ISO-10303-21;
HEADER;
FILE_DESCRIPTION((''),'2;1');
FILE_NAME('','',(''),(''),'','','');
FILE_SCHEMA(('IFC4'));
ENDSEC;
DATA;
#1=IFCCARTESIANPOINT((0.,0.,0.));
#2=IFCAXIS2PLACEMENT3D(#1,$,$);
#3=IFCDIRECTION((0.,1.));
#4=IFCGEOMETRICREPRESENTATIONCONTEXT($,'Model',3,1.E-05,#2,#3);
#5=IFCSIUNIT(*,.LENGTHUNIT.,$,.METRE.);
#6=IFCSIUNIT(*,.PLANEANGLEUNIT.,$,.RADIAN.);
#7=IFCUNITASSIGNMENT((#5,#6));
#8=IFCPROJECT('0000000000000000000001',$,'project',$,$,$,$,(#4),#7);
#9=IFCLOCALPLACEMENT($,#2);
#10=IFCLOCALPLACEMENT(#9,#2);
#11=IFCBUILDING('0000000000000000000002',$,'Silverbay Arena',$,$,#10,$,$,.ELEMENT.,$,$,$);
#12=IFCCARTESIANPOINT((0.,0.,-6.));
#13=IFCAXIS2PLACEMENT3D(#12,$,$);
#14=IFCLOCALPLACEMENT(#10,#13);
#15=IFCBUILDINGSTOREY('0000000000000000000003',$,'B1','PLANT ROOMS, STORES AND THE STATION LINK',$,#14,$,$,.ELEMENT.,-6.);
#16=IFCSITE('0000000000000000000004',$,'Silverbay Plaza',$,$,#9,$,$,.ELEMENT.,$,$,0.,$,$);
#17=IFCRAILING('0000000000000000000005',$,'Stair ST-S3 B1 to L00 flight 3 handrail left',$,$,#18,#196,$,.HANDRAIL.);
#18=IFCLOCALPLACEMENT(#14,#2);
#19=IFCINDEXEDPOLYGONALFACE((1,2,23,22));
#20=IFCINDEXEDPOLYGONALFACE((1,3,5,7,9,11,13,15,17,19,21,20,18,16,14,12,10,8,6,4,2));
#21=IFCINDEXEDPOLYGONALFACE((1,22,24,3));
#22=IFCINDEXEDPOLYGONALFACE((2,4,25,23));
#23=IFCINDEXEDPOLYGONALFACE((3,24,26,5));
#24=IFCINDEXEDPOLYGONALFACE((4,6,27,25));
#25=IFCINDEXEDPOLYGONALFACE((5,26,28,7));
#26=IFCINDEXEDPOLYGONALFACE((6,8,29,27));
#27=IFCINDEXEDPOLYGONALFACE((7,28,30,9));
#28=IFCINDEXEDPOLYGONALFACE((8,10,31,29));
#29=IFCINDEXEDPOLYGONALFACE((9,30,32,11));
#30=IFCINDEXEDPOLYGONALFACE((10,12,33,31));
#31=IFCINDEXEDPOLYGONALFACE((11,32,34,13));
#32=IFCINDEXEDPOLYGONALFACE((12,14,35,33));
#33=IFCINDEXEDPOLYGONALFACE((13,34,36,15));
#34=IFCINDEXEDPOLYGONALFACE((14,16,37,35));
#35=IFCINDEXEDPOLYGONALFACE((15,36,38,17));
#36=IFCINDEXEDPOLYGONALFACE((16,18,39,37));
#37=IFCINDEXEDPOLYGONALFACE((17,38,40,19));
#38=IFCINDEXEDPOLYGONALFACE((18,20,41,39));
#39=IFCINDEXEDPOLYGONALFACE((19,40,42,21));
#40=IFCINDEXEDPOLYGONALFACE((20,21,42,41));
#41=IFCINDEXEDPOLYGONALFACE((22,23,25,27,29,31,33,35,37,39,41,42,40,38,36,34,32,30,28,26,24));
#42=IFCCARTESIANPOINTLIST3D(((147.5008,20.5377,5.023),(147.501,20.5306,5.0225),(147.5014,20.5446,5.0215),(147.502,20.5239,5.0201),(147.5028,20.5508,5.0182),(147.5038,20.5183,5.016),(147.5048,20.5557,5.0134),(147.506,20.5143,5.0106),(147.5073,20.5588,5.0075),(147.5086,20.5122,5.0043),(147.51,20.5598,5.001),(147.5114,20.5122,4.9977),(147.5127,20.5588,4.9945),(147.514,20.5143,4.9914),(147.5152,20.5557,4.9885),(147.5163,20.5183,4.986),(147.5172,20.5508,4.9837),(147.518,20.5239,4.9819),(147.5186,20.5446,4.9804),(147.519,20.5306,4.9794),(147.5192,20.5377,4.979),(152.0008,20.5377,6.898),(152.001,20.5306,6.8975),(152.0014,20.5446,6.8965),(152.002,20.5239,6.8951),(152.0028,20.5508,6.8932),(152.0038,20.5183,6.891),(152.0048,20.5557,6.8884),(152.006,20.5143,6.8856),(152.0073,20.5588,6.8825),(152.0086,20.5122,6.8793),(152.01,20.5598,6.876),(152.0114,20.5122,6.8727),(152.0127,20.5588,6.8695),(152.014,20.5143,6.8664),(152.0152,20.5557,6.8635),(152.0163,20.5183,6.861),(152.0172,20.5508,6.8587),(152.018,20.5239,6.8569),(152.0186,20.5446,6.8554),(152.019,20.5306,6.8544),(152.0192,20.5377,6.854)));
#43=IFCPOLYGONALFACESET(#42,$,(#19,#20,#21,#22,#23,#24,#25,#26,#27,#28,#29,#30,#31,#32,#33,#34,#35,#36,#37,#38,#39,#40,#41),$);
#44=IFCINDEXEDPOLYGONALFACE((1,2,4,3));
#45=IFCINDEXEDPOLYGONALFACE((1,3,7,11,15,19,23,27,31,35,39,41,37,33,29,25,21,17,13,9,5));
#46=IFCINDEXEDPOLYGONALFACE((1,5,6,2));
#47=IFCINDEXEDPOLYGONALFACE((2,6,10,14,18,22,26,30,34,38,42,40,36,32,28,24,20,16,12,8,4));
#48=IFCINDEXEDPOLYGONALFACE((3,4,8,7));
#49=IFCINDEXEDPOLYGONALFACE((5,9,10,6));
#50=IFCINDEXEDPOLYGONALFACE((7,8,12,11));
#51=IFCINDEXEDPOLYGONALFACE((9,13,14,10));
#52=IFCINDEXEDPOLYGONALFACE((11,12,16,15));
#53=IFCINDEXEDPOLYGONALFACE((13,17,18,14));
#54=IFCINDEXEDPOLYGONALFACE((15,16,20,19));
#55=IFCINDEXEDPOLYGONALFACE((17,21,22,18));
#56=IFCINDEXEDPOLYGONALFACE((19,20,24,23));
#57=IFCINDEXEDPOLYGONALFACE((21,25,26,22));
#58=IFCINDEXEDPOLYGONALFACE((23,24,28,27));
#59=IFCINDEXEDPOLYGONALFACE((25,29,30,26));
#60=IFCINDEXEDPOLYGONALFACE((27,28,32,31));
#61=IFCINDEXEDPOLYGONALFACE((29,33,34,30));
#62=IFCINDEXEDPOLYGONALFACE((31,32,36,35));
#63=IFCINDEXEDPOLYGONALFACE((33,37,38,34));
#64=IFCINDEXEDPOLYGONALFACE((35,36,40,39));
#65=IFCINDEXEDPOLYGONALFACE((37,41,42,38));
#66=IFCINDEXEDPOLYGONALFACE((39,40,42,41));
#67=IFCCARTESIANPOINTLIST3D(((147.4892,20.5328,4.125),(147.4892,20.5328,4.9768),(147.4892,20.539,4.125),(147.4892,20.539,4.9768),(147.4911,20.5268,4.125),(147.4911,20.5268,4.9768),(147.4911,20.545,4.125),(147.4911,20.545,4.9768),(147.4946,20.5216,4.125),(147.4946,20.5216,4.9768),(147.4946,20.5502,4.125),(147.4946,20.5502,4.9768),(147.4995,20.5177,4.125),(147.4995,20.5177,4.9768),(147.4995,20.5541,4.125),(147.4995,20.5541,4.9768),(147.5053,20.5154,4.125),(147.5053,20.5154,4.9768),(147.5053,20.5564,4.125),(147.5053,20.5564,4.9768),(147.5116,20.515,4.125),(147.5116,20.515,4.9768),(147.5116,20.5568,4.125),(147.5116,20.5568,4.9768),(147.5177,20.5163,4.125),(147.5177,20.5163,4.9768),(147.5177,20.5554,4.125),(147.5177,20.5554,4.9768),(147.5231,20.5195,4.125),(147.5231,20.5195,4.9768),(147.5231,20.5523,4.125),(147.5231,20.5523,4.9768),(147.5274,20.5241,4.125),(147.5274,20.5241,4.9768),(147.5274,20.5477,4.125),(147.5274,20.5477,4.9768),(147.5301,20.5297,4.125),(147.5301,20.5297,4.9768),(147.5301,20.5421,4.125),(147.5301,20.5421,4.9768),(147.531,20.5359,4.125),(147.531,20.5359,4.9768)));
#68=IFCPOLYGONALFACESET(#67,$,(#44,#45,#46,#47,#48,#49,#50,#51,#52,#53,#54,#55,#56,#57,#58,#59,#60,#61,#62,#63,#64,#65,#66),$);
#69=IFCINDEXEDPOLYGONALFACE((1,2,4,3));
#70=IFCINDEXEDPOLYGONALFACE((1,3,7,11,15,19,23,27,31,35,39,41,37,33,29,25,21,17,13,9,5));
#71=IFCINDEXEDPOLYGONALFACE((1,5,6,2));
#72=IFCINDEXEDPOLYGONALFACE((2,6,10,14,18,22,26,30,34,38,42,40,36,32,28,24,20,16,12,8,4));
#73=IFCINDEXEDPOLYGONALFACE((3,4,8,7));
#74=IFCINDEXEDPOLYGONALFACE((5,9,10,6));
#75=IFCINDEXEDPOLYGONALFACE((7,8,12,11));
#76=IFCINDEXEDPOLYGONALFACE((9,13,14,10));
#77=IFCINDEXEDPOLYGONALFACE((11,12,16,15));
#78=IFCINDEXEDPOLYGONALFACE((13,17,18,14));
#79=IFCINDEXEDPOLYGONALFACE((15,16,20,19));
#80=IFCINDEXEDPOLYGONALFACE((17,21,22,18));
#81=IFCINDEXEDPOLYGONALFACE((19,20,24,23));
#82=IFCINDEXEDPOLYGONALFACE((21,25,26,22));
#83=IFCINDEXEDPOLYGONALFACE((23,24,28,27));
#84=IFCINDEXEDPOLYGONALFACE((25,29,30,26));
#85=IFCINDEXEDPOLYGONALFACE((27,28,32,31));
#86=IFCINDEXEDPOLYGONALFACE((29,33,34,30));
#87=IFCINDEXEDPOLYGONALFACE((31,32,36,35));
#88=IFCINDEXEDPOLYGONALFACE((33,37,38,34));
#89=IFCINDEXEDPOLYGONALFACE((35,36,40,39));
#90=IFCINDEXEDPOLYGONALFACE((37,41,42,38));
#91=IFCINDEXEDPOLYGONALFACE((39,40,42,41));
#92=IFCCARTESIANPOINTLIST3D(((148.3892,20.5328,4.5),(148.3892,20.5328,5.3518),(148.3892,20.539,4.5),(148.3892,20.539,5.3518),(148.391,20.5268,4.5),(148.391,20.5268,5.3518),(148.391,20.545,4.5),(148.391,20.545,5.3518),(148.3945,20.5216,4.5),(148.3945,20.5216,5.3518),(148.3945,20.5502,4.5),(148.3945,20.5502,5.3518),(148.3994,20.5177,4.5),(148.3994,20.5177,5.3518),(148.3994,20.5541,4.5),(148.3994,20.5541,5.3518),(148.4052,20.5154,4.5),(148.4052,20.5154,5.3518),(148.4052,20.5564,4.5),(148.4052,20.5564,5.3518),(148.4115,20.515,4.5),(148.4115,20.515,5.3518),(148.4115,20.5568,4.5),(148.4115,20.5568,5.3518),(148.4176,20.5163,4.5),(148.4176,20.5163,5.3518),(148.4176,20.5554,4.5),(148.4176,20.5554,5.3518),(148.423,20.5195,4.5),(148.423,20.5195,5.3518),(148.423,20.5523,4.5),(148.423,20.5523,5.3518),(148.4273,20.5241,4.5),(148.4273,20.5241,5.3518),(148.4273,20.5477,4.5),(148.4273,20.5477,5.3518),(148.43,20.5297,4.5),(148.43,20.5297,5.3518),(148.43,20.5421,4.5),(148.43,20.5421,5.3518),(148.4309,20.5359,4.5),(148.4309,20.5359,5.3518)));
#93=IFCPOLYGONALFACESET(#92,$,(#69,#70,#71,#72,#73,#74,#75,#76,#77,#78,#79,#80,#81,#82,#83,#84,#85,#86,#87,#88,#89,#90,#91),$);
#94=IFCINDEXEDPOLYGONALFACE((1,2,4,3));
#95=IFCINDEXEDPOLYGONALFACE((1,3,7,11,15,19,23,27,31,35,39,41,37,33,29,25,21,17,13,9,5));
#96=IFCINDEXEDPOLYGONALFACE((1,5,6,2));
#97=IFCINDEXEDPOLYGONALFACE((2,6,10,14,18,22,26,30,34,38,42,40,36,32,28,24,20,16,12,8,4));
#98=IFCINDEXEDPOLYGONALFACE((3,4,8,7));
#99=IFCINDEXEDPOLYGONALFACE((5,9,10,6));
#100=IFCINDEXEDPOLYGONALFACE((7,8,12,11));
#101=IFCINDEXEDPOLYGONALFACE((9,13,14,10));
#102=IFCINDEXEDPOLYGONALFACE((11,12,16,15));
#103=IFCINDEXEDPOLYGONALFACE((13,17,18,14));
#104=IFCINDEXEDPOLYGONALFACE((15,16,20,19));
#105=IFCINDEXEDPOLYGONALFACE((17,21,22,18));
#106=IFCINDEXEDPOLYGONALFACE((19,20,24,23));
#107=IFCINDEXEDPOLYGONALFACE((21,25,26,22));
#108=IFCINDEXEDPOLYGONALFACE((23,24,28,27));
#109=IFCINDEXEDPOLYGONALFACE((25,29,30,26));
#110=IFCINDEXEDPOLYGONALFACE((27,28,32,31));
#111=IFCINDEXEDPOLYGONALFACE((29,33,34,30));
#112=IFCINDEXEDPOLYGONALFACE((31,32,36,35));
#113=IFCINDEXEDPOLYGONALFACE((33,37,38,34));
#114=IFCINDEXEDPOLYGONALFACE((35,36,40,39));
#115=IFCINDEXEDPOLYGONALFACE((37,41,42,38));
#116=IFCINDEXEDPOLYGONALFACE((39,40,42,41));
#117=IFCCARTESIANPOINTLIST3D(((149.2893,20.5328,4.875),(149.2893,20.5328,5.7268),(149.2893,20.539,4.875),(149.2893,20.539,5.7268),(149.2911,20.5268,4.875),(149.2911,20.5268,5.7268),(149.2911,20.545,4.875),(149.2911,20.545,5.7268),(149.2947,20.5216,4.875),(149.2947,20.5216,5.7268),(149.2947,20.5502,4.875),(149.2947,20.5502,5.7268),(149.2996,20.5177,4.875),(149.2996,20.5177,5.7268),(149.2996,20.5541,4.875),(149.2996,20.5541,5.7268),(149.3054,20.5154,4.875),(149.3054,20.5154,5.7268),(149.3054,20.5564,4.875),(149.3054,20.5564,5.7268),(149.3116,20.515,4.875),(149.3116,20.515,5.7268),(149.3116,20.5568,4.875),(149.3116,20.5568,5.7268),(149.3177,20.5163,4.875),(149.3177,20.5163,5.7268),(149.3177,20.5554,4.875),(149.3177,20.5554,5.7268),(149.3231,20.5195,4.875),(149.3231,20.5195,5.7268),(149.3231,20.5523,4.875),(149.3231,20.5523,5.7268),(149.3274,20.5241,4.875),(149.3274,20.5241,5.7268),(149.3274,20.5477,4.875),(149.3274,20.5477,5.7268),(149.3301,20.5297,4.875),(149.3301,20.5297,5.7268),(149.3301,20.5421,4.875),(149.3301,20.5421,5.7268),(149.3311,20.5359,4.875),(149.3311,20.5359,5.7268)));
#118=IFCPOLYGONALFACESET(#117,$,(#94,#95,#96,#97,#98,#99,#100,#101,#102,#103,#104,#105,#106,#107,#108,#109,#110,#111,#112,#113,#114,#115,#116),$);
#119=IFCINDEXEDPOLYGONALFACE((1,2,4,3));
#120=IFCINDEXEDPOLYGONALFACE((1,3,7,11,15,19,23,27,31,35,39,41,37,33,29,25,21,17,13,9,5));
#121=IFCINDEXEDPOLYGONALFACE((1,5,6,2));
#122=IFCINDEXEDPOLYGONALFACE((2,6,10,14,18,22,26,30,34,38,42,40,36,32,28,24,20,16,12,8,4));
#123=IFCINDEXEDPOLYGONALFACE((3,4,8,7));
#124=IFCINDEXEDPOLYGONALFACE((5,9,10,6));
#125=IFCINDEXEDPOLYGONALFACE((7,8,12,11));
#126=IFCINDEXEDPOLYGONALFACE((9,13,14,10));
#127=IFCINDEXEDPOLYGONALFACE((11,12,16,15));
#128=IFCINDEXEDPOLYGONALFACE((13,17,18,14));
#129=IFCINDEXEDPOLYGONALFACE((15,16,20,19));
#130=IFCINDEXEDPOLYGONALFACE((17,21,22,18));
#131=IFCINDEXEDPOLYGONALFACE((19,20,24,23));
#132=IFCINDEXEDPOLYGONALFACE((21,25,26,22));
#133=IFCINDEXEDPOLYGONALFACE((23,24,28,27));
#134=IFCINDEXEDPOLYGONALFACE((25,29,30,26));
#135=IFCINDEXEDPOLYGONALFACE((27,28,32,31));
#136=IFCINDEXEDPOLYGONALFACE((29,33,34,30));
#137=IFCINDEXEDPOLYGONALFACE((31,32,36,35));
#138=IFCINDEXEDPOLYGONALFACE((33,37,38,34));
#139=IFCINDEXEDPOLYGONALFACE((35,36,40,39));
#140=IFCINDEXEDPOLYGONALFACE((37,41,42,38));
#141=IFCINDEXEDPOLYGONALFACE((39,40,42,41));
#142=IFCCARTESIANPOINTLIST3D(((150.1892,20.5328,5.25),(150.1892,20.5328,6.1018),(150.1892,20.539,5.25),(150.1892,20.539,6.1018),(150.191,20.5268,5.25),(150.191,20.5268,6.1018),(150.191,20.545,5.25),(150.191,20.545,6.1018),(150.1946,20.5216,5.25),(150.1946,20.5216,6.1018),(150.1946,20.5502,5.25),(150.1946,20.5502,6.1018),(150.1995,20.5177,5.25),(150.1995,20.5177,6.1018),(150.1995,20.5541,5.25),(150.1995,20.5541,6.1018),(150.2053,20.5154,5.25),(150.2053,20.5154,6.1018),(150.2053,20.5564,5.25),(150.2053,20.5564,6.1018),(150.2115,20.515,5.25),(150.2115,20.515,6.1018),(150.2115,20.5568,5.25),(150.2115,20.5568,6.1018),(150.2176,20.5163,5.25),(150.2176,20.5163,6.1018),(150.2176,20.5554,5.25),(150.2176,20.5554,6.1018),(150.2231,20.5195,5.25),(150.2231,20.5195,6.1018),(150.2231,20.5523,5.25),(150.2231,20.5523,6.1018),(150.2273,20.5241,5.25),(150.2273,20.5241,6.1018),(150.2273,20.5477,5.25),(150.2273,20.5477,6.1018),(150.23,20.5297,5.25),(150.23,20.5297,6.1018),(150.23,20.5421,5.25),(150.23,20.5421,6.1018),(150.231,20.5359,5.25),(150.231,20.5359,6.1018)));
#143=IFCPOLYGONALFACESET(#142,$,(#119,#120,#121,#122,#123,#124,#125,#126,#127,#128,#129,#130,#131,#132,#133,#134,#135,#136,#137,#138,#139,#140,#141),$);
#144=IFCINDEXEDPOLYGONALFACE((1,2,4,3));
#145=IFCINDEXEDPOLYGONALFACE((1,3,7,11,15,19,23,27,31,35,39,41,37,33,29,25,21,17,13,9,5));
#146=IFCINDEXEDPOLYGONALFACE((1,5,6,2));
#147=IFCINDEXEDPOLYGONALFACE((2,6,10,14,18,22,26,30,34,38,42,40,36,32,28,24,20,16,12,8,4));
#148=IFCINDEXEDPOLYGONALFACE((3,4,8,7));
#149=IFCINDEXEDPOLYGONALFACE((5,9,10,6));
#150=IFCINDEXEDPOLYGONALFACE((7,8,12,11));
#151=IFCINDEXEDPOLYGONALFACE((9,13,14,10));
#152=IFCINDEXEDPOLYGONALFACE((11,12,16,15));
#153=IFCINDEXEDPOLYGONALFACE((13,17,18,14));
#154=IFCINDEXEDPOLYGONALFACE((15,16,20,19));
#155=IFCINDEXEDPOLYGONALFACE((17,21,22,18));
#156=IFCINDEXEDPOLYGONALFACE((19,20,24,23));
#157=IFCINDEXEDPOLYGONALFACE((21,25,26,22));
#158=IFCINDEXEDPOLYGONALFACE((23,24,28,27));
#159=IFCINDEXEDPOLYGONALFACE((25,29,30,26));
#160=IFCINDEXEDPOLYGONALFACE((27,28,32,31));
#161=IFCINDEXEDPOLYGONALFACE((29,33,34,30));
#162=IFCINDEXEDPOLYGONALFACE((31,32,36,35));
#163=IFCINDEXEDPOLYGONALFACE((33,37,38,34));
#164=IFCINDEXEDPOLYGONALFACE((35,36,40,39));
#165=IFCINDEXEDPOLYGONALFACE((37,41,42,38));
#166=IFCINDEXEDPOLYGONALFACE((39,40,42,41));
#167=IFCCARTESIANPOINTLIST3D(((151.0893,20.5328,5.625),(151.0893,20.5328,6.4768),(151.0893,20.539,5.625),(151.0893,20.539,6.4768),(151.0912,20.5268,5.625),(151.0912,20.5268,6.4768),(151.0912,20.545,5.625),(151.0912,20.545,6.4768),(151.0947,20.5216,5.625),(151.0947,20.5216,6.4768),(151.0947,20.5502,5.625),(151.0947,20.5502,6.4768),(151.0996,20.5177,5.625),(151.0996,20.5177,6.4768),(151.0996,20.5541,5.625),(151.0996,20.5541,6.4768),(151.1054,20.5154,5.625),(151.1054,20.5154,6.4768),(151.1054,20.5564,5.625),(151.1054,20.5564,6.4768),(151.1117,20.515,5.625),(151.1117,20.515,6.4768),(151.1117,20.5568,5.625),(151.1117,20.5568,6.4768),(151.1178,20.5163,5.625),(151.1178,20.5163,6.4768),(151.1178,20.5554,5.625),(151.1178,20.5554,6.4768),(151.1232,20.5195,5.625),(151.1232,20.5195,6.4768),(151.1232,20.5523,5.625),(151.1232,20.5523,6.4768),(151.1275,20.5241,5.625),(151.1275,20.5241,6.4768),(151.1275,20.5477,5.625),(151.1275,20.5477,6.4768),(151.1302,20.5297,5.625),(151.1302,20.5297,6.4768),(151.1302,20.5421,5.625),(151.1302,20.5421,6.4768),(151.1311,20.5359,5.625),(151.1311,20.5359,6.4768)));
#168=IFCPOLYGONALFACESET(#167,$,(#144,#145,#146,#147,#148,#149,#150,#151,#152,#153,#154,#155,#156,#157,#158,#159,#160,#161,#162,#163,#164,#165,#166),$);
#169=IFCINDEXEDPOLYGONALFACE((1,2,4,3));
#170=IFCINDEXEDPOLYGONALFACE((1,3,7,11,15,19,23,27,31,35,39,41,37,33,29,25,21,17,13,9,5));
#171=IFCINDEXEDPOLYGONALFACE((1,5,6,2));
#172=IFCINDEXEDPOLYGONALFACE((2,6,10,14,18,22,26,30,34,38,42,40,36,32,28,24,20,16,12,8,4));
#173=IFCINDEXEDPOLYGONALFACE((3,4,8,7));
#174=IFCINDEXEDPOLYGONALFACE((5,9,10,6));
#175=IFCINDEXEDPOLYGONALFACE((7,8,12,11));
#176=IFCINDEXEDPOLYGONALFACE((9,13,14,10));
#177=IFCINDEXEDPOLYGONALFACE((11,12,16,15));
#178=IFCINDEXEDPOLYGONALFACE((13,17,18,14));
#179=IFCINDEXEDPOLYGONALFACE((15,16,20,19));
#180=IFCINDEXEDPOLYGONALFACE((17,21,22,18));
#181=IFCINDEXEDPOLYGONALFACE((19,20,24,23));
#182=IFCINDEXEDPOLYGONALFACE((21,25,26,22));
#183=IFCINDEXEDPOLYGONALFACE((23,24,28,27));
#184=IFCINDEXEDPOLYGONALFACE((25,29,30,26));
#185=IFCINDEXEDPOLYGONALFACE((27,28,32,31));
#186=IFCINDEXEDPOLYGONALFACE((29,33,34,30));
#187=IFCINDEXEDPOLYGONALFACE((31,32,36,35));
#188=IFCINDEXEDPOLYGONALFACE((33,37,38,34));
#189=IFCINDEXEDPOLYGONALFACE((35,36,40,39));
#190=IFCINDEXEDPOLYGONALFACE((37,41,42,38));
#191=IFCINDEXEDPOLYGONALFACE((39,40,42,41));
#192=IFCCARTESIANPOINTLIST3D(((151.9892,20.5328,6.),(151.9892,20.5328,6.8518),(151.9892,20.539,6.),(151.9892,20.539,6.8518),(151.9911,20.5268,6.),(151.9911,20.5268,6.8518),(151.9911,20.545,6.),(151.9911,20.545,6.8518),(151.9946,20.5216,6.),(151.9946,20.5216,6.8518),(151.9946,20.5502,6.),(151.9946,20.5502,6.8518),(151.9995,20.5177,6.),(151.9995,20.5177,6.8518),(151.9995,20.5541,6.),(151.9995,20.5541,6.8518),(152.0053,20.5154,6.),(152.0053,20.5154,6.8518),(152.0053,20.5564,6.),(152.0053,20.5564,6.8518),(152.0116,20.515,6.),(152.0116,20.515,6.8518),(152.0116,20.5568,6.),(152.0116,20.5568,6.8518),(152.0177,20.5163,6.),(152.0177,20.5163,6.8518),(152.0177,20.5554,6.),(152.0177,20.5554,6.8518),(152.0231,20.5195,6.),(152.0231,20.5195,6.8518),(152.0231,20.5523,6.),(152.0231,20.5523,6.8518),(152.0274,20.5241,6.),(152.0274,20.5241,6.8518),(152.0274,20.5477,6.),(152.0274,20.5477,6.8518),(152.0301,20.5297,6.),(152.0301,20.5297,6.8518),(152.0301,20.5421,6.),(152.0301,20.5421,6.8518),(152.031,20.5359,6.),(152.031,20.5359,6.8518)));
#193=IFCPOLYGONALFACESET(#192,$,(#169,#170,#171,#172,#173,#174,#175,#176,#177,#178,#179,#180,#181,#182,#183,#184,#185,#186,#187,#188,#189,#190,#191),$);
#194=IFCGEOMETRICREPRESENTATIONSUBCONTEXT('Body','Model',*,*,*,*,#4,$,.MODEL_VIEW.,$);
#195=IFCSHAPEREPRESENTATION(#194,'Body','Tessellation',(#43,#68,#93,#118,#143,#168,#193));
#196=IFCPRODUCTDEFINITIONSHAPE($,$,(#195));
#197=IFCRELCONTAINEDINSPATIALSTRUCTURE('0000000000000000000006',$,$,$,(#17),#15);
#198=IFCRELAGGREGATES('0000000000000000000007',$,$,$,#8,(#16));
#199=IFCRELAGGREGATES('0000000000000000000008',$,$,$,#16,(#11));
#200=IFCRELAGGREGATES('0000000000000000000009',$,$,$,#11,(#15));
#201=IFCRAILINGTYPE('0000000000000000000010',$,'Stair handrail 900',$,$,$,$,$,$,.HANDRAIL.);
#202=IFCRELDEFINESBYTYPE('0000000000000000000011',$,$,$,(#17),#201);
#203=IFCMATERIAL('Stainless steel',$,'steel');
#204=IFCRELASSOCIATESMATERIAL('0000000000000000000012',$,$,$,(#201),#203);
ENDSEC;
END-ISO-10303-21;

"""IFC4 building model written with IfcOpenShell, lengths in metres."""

from ifc_helpers import new_model, si_unit, direction, frame, origin, origin_2d, place, context, subcontext, project, spatial, circle, extrude, material, type_object, element, save


model = new_model("IFC4")

# Units and contexts
model_context = context("Model", 3, precision=1e-05, world=origin(), true_north=direction((0.0, 1.0)))
body_context = subcontext(model_context, "Body", "Model", "MODEL_VIEW")
ifc_project = project(units=[si_unit("LENGTHUNIT", "METRE"), si_unit("PLANEANGLEUNIT", "RADIAN")], contexts=[model_context])

# Site, building, storey
site_placement = place(None, origin())
site = spatial("IfcSite", under=ifc_project, at=site_placement, Name="Silverbay Plaza", CompositionType="ELEMENT", RefElevation=0.0)
building_placement = place(site_placement, origin())
building = spatial("IfcBuilding", under=site, at=building_placement, Name="Silverbay Arena", CompositionType="ELEMENT")
storey_placement = place(building_placement, frame((0.0, 0.0, -6.0)))
storey = spatial("IfcBuildingStorey", under=building, at=storey_placement, Name="B1", Description="PLANT ROOMS, STORES AND THE STATION LINK", CompositionType="ELEMENT", Elevation=-6.0)

# Railing
ifc_material_1 = material(Name="Stainless steel", Category="steel")
railing_type_1 = type_object("IfcRailingType", Name="Stair handrail 900", PredefinedType="HANDRAIL", material=ifc_material_1)
for number, where, name in (
    (1, (147.51, 20.5359, 4.125), "Stair ST-S3 B1 to L00 flight 3 handrail left"),
):
    element("IfcRailing", number, at=place(storey_placement, frame(where)), inside=storey, type_object=railing_type_1, Name=name, PredefinedType="HANDRAIL", context=body_context, shape_type="SweptSolid", body=[
        extrude(circle(Radius=0.0239, at=origin_2d()), frame((0.0, 0.0, 0.876), z_axis=(0.923077, 0.0, 0.384615), x_axis=(0.0, 1.0, 0.0)), (0.0, 0.0, 1.0), 4.875),
        extrude(circle(Radius=0.021, at=origin_2d()), origin(), (0.0, 0.0, 1.0), 0.8518),
        extrude(circle(Radius=0.021, at=origin_2d()), frame((0.8999, 0.0, 0.375)), (0.0, 0.0, 1.0), 0.8518),
        extrude(circle(Radius=0.021, at=origin_2d()), frame((1.8, 0.0, 0.75)), (0.0, 0.0, 1.0), 0.8518),
        extrude(circle(Radius=0.021, at=origin_2d()), frame((2.7, 0.0, 1.125)), (0.0, 0.0, 1.0), 0.8518),
        extrude(circle(Radius=0.021, at=origin_2d()), frame((3.6001, 0.0, 1.5)), (0.0, 0.0, 1.0), 0.8518),
        extrude(circle(Radius=0.021, at=origin_2d()), frame((4.5, 0.0, 1.875)), (0.0, 0.0, 1.0), 0.8518),
    ])

save(model, "model.ifc")
